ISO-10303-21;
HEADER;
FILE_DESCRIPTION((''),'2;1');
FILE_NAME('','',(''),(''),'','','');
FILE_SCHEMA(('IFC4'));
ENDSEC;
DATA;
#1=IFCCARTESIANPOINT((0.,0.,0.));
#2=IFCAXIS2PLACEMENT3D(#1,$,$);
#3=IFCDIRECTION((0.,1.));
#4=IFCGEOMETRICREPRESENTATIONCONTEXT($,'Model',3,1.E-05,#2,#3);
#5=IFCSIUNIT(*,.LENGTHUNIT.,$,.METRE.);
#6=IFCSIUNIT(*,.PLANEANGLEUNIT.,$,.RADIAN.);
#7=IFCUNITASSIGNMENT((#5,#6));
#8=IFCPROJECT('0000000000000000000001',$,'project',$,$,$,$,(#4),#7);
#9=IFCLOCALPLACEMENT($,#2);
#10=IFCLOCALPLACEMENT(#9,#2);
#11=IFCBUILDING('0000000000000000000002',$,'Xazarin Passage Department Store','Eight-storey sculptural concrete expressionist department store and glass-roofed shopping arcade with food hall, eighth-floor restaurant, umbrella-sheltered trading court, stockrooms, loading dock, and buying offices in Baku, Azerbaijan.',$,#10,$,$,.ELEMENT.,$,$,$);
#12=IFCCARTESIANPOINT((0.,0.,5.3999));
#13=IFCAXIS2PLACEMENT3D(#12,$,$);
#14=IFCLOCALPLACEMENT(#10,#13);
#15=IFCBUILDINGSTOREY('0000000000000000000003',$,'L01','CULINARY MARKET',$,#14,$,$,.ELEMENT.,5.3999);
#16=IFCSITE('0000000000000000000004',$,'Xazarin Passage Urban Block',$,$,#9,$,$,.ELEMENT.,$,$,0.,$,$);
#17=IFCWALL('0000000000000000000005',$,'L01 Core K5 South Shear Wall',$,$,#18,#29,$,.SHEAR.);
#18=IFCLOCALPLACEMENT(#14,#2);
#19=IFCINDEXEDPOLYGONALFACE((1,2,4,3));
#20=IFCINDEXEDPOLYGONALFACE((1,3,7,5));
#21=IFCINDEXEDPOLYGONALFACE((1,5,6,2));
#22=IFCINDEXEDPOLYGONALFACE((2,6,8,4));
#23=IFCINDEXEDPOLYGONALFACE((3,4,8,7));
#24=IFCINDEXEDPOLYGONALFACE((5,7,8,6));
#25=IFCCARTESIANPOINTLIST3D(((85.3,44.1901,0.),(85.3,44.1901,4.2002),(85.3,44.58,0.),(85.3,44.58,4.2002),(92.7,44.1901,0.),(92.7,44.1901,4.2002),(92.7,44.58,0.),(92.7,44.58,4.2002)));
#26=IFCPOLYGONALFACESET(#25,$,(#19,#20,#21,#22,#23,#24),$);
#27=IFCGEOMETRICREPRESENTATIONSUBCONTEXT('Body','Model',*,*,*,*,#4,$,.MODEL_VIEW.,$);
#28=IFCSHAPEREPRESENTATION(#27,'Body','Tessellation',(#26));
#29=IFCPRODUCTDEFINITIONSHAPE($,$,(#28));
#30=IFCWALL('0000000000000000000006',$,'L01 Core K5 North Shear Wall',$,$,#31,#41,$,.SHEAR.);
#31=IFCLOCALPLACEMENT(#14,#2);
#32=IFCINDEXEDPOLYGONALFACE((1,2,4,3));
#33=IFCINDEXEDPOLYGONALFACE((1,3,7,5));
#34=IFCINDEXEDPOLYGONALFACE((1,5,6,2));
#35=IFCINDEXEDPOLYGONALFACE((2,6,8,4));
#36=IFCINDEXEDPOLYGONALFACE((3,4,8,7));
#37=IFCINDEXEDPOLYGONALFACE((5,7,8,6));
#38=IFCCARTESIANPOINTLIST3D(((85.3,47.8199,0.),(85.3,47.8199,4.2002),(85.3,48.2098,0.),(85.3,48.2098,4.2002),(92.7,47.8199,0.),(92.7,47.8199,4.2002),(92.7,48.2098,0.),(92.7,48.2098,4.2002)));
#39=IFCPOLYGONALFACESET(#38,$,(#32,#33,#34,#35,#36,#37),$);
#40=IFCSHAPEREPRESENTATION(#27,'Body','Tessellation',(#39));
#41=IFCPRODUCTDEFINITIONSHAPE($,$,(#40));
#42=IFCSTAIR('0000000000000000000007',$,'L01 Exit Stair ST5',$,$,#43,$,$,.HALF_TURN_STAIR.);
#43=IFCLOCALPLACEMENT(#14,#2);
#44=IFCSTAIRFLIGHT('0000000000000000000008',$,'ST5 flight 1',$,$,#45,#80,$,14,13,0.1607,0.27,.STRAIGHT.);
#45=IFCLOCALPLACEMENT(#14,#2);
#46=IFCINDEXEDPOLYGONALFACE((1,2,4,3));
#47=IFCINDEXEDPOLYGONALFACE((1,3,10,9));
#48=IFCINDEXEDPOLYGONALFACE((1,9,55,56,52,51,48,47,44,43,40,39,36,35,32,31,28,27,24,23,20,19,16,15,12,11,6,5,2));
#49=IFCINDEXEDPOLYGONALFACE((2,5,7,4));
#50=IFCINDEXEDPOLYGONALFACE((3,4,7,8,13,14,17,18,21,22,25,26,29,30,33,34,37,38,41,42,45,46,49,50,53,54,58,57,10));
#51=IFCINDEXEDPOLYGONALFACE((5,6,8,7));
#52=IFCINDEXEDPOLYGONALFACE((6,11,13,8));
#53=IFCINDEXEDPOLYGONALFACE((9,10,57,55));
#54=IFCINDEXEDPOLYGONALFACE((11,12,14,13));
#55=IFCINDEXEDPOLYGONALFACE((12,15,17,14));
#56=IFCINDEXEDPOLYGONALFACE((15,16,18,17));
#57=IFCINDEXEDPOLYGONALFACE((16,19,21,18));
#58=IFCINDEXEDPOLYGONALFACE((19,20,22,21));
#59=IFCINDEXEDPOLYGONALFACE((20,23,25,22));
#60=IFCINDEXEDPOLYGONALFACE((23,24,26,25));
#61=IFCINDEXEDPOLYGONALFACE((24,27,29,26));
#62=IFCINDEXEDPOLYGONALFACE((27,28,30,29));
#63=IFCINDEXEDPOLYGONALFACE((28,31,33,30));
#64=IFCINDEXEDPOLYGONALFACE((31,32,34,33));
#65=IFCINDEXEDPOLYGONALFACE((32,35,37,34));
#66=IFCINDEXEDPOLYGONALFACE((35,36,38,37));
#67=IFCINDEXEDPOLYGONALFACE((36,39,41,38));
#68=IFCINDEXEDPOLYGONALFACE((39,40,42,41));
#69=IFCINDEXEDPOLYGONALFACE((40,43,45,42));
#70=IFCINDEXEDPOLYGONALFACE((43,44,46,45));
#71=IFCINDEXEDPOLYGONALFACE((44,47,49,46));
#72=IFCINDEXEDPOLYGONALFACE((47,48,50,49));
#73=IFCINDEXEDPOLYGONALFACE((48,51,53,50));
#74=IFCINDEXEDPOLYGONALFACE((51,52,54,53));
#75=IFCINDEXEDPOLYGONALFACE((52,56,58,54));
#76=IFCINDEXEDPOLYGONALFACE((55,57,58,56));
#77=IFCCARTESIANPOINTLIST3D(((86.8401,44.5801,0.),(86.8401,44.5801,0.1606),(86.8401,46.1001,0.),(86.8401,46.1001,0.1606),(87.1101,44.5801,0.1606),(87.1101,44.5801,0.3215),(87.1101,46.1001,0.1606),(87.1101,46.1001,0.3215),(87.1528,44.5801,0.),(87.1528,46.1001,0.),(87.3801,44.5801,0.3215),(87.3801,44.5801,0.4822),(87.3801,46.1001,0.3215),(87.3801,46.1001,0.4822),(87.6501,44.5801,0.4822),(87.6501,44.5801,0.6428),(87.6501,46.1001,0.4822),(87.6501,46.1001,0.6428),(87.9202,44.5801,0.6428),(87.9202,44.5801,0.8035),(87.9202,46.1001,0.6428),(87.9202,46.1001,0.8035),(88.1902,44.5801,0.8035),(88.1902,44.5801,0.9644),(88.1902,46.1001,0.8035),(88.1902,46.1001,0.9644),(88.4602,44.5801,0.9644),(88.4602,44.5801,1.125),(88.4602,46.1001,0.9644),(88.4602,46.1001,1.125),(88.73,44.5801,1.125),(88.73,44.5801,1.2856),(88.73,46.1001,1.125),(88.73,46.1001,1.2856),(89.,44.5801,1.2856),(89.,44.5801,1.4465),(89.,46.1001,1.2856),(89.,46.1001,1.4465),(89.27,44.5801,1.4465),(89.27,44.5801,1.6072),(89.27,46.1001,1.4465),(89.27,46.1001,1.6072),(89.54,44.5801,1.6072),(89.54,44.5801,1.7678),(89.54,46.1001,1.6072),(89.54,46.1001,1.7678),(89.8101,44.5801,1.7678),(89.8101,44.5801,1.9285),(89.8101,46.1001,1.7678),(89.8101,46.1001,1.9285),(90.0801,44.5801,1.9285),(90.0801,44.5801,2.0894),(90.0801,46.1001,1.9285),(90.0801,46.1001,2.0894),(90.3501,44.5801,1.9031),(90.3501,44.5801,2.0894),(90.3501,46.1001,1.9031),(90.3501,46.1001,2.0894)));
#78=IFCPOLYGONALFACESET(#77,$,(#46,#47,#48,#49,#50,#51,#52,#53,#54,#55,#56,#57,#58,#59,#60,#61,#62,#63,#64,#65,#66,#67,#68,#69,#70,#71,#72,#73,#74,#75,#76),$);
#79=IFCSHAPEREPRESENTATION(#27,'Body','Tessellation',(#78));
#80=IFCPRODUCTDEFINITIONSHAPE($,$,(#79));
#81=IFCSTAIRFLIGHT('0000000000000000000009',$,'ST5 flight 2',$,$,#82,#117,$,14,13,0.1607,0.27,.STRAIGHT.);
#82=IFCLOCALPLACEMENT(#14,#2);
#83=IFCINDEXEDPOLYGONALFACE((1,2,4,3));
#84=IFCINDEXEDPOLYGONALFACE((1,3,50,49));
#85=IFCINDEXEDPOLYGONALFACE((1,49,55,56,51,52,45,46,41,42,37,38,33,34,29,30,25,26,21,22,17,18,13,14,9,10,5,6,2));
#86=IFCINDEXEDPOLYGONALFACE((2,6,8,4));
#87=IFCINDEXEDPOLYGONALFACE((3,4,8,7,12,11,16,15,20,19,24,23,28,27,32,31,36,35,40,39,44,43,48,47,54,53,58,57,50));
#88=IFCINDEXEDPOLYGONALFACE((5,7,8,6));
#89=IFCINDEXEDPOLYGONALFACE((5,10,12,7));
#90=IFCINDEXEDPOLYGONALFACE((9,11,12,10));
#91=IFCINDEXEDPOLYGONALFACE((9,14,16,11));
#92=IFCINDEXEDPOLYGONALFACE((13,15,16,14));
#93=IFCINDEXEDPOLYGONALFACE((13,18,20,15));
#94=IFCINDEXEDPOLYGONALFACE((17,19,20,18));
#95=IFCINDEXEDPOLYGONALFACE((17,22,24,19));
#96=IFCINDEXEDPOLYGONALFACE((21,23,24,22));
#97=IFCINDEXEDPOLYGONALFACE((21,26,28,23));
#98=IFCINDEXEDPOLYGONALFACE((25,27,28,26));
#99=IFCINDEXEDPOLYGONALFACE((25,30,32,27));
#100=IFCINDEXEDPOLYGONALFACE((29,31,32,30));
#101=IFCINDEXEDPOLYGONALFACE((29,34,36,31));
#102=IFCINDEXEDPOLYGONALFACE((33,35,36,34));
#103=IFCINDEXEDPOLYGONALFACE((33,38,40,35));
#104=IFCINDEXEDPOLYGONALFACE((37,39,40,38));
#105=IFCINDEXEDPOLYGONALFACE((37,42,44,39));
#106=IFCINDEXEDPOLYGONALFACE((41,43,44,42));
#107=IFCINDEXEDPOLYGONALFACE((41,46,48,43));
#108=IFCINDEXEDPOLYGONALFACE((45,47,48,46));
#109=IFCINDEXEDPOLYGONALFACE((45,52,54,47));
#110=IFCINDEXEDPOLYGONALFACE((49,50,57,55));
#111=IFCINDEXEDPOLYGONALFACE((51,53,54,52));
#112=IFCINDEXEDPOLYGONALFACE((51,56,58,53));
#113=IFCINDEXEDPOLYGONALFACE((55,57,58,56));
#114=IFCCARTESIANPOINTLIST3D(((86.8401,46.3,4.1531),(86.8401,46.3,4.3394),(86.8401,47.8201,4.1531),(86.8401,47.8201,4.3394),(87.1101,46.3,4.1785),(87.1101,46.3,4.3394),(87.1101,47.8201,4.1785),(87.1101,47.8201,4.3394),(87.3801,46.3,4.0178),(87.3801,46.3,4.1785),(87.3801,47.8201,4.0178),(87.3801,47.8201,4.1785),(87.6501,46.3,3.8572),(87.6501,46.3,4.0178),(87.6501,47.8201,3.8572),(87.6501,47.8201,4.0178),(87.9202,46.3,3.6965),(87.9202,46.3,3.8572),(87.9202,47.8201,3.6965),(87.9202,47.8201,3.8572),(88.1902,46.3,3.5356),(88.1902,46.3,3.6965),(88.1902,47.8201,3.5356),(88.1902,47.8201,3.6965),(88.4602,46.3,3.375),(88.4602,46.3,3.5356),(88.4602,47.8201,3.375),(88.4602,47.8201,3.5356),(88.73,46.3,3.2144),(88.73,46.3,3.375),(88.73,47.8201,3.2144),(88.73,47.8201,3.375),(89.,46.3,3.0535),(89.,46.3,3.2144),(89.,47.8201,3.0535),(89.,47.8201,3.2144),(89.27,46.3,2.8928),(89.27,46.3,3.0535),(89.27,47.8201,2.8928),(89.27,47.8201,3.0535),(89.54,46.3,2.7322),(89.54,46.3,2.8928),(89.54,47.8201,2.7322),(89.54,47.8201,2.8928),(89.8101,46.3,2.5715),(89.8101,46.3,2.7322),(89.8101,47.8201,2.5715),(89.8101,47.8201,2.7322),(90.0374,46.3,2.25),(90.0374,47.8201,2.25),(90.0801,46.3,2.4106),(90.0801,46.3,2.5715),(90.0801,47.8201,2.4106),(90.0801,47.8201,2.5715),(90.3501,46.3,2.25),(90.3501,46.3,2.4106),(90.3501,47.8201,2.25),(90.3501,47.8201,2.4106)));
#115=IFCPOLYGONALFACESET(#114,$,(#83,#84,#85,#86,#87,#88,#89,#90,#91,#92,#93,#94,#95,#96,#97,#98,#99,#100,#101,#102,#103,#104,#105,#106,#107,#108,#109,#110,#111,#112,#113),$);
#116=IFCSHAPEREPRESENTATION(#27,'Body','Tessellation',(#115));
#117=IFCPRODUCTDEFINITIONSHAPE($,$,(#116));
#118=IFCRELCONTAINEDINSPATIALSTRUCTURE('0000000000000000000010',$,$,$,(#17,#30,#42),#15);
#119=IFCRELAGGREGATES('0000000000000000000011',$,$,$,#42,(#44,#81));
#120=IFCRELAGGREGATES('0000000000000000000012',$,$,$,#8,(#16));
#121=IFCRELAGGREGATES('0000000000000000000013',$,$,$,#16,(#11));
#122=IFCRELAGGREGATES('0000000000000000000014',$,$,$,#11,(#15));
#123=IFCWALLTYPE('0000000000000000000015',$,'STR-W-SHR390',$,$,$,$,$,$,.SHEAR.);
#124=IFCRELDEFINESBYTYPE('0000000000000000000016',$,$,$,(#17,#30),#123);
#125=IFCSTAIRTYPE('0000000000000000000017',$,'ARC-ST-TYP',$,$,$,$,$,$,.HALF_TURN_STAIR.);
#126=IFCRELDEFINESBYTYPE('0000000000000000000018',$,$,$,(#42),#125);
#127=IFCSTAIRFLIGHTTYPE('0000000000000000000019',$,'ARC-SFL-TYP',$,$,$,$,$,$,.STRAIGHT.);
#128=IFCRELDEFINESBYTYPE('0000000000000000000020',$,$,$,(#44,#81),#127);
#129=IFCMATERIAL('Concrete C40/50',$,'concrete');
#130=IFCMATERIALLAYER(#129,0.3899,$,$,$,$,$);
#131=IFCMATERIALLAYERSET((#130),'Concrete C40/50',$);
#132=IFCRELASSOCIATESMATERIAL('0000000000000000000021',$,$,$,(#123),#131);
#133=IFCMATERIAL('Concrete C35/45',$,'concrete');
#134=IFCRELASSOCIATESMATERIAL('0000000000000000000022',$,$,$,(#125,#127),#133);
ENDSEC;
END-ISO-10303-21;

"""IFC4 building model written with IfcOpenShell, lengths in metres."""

from ifc_helpers import new_model, si_unit, direction, frame, frame_2d, origin, place, context, subcontext, project, spatial, polyline, rectangle, outline, extrude, material, layer, layer_set, type_object, element, aggregate, save


model = new_model("IFC4")

# Units and contexts
model_context = context("Model", 3, precision=1e-05, world=origin(), true_north=direction((0.0, 1.0)))
body_context = subcontext(model_context, "Body", "Model", "MODEL_VIEW")
ifc_project = project(units=[si_unit("LENGTHUNIT", "METRE"), si_unit("PLANEANGLEUNIT", "RADIAN")], contexts=[model_context])

# Site, building, storey
site_placement = place(None, origin())
site = spatial("IfcSite", under=ifc_project, at=site_placement, Name="Xazarin Passage Urban Block", CompositionType="ELEMENT", RefElevation=0.0)
building_placement = place(site_placement, origin())
building = spatial("IfcBuilding", under=site, at=building_placement, Name="Xazarin Passage Department Store", Description="Eight-storey sculptural concrete expressionist department store and glass-roofed shopping arcade with food hall, eighth-floor restaurant, umbrella-sheltered trading court, stockrooms, loading dock, and buying offices in Baku, Azerbaijan.", CompositionType="ELEMENT")
storey_placement = place(building_placement, frame((0.0, 0.0, 5.3999)))
storey = spatial("IfcBuildingStorey", under=building, at=storey_placement, Name="L01", Description="CULINARY MARKET", CompositionType="ELEMENT", Elevation=5.3999)

# Shared definitions
ifc_material_1 = material(Name="Concrete C35/45", Category="concrete")

# Shared definitions
ifc_material_2 = material(Name="Concrete C40/50", Category="concrete")
ifc_layer_1 = layer(ifc_material_2, 0.3899)
ifc_layer_set_1 = layer_set([ifc_layer_1], Name="Concrete C40/50")
wall_type_1 = type_object("IfcWallType", Name="STR-W-SHR390", PredefinedType="SHEAR", material=ifc_layer_set_1)

# Walls
for number, where, z_axis, x_axis, name in (
    (1, (85.3, 44.385, 0.0), (0.0, 0.0, 1.0), (1.0, 0.0, 0.0), "L01 Core K5 South Shear Wall"),
    (2, (85.3, 48.0149, 0.0), (0.0, 0.0, 1.0), (1.0, 0.0, 0.0), "L01 Core K5 North Shear Wall"),
):
    element("IfcWall", number, at=place(storey_placement, frame(where, z_axis=z_axis, x_axis=x_axis)), inside=storey, type_object=wall_type_1, Name=name, PredefinedType="SHEAR", context=body_context, shape_type="SweptSolid", body=[
        extrude(rectangle(XDim=7.3999, YDim=0.3899, at=frame_2d((3.7, 0.0))), origin(), (0.0, 0.0, 1.0), 4.2002),
    ])

# Stair, stair flights
stair_type = type_object("IfcStairType", Name="ARC-ST-TYP", PredefinedType="HALF_TURN_STAIR", material=ifc_material_1)
stair_placement = place(storey_placement, origin())
stair = element("IfcStair", 3, at=stair_placement, inside=storey, type_object=stair_type, Name="L01 Exit Stair ST5", PredefinedType="HALF_TURN_STAIR")
stair_flight_type = type_object("IfcStairFlightType", Name="ARC-SFL-TYP", PredefinedType="STRAIGHT", material=ifc_material_1)
stair_flight_1_placement = place(storey_placement, frame((86.8401, 45.3401, 0.0), z_axis=(0.0, 0.0, 1.0), x_axis=(1.0, 0.0, 0.0)))
stair_flight_1 = element("IfcStairFlight", 4, at=stair_flight_1_placement, type_object=stair_flight_type, Name="ST5 flight 1", NumberOfRisers=14, NumberOfTreads=13, PredefinedType="STRAIGHT", RiserHeight=0.1607, TreadLength=0.27, context=body_context, shape_type="SweptSolid", body=[
    extrude(outline(polyline([(0.0, 0.0), (0.0, 0.1606), (0.27, 0.1606), (0.27, 0.3215), (0.54, 0.3215), (0.54, 0.4822), (0.8101, 0.4822), (0.8101, 0.6428), (1.0801, 0.6428), (1.0801, 0.8035), (1.3501, 0.8035), (1.3501, 0.9644), (1.6201, 0.9644), (1.6201, 1.125), (1.8899, 1.125), (1.8899, 1.2856), (2.1599, 1.2856), (2.1599, 1.4465), (2.4299, 1.4465), (2.4299, 1.6072), (2.7, 1.6072), (2.7, 1.7678), (2.97, 1.7678), (2.97, 1.9285), (3.24, 1.9285), (3.24, 2.0894), (3.51, 2.0894), (3.51, 2.25), (3.51, 1.9031), (0.3127, 0.0), (0.0, 0.0)])), frame((0.0, 0.76, 0.0), z_axis=(0.0, -1.0, 0.0), x_axis=(1.0, 0.0, 0.0)), (0.0, 0.0, 1.0), 1.52),
])
stair_flight_2_placement = place(storey_placement, frame((90.3501, 47.0601, 2.25), z_axis=(0.0, 0.0, 1.0), x_axis=(-1.0, 0.0, 0.0)))
stair_flight_2 = element("IfcStairFlight", 5, at=stair_flight_2_placement, type_object=stair_flight_type, Name="ST5 flight 2", NumberOfRisers=14, NumberOfTreads=13, PredefinedType="STRAIGHT", RiserHeight=0.1607, TreadLength=0.27, context=body_context, shape_type="SweptSolid", body=[
    extrude(outline(polyline([(0.0, 0.0), (0.0, 0.1606), (0.27, 0.1606), (0.27, 0.3215), (0.54, 0.3215), (0.54, 0.4822), (0.8101, 0.4822), (0.8101, 0.6428), (1.0801, 0.6428), (1.0801, 0.8035), (1.3501, 0.8035), (1.3501, 0.9644), (1.6201, 0.9644), (1.6201, 1.125), (1.8899, 1.125), (1.8899, 1.2856), (2.1599, 1.2856), (2.1599, 1.4465), (2.4299, 1.4465), (2.4299, 1.6072), (2.7, 1.6072), (2.7, 1.7678), (2.97, 1.7678), (2.97, 1.9285), (3.24, 1.9285), (3.24, 2.0894), (3.51, 2.0894), (3.51, 2.25), (3.51, 1.9031), (0.3127, 0.0), (0.0, 0.0)])), frame((0.0, 0.76, 0.0), z_axis=(0.0, -1.0, 0.0), x_axis=(1.0, 0.0, 0.0)), (0.0, 0.0, 1.0), 1.52),
])
aggregate(stair, [stair_flight_1, stair_flight_2])

save(model, "model.ifc")
